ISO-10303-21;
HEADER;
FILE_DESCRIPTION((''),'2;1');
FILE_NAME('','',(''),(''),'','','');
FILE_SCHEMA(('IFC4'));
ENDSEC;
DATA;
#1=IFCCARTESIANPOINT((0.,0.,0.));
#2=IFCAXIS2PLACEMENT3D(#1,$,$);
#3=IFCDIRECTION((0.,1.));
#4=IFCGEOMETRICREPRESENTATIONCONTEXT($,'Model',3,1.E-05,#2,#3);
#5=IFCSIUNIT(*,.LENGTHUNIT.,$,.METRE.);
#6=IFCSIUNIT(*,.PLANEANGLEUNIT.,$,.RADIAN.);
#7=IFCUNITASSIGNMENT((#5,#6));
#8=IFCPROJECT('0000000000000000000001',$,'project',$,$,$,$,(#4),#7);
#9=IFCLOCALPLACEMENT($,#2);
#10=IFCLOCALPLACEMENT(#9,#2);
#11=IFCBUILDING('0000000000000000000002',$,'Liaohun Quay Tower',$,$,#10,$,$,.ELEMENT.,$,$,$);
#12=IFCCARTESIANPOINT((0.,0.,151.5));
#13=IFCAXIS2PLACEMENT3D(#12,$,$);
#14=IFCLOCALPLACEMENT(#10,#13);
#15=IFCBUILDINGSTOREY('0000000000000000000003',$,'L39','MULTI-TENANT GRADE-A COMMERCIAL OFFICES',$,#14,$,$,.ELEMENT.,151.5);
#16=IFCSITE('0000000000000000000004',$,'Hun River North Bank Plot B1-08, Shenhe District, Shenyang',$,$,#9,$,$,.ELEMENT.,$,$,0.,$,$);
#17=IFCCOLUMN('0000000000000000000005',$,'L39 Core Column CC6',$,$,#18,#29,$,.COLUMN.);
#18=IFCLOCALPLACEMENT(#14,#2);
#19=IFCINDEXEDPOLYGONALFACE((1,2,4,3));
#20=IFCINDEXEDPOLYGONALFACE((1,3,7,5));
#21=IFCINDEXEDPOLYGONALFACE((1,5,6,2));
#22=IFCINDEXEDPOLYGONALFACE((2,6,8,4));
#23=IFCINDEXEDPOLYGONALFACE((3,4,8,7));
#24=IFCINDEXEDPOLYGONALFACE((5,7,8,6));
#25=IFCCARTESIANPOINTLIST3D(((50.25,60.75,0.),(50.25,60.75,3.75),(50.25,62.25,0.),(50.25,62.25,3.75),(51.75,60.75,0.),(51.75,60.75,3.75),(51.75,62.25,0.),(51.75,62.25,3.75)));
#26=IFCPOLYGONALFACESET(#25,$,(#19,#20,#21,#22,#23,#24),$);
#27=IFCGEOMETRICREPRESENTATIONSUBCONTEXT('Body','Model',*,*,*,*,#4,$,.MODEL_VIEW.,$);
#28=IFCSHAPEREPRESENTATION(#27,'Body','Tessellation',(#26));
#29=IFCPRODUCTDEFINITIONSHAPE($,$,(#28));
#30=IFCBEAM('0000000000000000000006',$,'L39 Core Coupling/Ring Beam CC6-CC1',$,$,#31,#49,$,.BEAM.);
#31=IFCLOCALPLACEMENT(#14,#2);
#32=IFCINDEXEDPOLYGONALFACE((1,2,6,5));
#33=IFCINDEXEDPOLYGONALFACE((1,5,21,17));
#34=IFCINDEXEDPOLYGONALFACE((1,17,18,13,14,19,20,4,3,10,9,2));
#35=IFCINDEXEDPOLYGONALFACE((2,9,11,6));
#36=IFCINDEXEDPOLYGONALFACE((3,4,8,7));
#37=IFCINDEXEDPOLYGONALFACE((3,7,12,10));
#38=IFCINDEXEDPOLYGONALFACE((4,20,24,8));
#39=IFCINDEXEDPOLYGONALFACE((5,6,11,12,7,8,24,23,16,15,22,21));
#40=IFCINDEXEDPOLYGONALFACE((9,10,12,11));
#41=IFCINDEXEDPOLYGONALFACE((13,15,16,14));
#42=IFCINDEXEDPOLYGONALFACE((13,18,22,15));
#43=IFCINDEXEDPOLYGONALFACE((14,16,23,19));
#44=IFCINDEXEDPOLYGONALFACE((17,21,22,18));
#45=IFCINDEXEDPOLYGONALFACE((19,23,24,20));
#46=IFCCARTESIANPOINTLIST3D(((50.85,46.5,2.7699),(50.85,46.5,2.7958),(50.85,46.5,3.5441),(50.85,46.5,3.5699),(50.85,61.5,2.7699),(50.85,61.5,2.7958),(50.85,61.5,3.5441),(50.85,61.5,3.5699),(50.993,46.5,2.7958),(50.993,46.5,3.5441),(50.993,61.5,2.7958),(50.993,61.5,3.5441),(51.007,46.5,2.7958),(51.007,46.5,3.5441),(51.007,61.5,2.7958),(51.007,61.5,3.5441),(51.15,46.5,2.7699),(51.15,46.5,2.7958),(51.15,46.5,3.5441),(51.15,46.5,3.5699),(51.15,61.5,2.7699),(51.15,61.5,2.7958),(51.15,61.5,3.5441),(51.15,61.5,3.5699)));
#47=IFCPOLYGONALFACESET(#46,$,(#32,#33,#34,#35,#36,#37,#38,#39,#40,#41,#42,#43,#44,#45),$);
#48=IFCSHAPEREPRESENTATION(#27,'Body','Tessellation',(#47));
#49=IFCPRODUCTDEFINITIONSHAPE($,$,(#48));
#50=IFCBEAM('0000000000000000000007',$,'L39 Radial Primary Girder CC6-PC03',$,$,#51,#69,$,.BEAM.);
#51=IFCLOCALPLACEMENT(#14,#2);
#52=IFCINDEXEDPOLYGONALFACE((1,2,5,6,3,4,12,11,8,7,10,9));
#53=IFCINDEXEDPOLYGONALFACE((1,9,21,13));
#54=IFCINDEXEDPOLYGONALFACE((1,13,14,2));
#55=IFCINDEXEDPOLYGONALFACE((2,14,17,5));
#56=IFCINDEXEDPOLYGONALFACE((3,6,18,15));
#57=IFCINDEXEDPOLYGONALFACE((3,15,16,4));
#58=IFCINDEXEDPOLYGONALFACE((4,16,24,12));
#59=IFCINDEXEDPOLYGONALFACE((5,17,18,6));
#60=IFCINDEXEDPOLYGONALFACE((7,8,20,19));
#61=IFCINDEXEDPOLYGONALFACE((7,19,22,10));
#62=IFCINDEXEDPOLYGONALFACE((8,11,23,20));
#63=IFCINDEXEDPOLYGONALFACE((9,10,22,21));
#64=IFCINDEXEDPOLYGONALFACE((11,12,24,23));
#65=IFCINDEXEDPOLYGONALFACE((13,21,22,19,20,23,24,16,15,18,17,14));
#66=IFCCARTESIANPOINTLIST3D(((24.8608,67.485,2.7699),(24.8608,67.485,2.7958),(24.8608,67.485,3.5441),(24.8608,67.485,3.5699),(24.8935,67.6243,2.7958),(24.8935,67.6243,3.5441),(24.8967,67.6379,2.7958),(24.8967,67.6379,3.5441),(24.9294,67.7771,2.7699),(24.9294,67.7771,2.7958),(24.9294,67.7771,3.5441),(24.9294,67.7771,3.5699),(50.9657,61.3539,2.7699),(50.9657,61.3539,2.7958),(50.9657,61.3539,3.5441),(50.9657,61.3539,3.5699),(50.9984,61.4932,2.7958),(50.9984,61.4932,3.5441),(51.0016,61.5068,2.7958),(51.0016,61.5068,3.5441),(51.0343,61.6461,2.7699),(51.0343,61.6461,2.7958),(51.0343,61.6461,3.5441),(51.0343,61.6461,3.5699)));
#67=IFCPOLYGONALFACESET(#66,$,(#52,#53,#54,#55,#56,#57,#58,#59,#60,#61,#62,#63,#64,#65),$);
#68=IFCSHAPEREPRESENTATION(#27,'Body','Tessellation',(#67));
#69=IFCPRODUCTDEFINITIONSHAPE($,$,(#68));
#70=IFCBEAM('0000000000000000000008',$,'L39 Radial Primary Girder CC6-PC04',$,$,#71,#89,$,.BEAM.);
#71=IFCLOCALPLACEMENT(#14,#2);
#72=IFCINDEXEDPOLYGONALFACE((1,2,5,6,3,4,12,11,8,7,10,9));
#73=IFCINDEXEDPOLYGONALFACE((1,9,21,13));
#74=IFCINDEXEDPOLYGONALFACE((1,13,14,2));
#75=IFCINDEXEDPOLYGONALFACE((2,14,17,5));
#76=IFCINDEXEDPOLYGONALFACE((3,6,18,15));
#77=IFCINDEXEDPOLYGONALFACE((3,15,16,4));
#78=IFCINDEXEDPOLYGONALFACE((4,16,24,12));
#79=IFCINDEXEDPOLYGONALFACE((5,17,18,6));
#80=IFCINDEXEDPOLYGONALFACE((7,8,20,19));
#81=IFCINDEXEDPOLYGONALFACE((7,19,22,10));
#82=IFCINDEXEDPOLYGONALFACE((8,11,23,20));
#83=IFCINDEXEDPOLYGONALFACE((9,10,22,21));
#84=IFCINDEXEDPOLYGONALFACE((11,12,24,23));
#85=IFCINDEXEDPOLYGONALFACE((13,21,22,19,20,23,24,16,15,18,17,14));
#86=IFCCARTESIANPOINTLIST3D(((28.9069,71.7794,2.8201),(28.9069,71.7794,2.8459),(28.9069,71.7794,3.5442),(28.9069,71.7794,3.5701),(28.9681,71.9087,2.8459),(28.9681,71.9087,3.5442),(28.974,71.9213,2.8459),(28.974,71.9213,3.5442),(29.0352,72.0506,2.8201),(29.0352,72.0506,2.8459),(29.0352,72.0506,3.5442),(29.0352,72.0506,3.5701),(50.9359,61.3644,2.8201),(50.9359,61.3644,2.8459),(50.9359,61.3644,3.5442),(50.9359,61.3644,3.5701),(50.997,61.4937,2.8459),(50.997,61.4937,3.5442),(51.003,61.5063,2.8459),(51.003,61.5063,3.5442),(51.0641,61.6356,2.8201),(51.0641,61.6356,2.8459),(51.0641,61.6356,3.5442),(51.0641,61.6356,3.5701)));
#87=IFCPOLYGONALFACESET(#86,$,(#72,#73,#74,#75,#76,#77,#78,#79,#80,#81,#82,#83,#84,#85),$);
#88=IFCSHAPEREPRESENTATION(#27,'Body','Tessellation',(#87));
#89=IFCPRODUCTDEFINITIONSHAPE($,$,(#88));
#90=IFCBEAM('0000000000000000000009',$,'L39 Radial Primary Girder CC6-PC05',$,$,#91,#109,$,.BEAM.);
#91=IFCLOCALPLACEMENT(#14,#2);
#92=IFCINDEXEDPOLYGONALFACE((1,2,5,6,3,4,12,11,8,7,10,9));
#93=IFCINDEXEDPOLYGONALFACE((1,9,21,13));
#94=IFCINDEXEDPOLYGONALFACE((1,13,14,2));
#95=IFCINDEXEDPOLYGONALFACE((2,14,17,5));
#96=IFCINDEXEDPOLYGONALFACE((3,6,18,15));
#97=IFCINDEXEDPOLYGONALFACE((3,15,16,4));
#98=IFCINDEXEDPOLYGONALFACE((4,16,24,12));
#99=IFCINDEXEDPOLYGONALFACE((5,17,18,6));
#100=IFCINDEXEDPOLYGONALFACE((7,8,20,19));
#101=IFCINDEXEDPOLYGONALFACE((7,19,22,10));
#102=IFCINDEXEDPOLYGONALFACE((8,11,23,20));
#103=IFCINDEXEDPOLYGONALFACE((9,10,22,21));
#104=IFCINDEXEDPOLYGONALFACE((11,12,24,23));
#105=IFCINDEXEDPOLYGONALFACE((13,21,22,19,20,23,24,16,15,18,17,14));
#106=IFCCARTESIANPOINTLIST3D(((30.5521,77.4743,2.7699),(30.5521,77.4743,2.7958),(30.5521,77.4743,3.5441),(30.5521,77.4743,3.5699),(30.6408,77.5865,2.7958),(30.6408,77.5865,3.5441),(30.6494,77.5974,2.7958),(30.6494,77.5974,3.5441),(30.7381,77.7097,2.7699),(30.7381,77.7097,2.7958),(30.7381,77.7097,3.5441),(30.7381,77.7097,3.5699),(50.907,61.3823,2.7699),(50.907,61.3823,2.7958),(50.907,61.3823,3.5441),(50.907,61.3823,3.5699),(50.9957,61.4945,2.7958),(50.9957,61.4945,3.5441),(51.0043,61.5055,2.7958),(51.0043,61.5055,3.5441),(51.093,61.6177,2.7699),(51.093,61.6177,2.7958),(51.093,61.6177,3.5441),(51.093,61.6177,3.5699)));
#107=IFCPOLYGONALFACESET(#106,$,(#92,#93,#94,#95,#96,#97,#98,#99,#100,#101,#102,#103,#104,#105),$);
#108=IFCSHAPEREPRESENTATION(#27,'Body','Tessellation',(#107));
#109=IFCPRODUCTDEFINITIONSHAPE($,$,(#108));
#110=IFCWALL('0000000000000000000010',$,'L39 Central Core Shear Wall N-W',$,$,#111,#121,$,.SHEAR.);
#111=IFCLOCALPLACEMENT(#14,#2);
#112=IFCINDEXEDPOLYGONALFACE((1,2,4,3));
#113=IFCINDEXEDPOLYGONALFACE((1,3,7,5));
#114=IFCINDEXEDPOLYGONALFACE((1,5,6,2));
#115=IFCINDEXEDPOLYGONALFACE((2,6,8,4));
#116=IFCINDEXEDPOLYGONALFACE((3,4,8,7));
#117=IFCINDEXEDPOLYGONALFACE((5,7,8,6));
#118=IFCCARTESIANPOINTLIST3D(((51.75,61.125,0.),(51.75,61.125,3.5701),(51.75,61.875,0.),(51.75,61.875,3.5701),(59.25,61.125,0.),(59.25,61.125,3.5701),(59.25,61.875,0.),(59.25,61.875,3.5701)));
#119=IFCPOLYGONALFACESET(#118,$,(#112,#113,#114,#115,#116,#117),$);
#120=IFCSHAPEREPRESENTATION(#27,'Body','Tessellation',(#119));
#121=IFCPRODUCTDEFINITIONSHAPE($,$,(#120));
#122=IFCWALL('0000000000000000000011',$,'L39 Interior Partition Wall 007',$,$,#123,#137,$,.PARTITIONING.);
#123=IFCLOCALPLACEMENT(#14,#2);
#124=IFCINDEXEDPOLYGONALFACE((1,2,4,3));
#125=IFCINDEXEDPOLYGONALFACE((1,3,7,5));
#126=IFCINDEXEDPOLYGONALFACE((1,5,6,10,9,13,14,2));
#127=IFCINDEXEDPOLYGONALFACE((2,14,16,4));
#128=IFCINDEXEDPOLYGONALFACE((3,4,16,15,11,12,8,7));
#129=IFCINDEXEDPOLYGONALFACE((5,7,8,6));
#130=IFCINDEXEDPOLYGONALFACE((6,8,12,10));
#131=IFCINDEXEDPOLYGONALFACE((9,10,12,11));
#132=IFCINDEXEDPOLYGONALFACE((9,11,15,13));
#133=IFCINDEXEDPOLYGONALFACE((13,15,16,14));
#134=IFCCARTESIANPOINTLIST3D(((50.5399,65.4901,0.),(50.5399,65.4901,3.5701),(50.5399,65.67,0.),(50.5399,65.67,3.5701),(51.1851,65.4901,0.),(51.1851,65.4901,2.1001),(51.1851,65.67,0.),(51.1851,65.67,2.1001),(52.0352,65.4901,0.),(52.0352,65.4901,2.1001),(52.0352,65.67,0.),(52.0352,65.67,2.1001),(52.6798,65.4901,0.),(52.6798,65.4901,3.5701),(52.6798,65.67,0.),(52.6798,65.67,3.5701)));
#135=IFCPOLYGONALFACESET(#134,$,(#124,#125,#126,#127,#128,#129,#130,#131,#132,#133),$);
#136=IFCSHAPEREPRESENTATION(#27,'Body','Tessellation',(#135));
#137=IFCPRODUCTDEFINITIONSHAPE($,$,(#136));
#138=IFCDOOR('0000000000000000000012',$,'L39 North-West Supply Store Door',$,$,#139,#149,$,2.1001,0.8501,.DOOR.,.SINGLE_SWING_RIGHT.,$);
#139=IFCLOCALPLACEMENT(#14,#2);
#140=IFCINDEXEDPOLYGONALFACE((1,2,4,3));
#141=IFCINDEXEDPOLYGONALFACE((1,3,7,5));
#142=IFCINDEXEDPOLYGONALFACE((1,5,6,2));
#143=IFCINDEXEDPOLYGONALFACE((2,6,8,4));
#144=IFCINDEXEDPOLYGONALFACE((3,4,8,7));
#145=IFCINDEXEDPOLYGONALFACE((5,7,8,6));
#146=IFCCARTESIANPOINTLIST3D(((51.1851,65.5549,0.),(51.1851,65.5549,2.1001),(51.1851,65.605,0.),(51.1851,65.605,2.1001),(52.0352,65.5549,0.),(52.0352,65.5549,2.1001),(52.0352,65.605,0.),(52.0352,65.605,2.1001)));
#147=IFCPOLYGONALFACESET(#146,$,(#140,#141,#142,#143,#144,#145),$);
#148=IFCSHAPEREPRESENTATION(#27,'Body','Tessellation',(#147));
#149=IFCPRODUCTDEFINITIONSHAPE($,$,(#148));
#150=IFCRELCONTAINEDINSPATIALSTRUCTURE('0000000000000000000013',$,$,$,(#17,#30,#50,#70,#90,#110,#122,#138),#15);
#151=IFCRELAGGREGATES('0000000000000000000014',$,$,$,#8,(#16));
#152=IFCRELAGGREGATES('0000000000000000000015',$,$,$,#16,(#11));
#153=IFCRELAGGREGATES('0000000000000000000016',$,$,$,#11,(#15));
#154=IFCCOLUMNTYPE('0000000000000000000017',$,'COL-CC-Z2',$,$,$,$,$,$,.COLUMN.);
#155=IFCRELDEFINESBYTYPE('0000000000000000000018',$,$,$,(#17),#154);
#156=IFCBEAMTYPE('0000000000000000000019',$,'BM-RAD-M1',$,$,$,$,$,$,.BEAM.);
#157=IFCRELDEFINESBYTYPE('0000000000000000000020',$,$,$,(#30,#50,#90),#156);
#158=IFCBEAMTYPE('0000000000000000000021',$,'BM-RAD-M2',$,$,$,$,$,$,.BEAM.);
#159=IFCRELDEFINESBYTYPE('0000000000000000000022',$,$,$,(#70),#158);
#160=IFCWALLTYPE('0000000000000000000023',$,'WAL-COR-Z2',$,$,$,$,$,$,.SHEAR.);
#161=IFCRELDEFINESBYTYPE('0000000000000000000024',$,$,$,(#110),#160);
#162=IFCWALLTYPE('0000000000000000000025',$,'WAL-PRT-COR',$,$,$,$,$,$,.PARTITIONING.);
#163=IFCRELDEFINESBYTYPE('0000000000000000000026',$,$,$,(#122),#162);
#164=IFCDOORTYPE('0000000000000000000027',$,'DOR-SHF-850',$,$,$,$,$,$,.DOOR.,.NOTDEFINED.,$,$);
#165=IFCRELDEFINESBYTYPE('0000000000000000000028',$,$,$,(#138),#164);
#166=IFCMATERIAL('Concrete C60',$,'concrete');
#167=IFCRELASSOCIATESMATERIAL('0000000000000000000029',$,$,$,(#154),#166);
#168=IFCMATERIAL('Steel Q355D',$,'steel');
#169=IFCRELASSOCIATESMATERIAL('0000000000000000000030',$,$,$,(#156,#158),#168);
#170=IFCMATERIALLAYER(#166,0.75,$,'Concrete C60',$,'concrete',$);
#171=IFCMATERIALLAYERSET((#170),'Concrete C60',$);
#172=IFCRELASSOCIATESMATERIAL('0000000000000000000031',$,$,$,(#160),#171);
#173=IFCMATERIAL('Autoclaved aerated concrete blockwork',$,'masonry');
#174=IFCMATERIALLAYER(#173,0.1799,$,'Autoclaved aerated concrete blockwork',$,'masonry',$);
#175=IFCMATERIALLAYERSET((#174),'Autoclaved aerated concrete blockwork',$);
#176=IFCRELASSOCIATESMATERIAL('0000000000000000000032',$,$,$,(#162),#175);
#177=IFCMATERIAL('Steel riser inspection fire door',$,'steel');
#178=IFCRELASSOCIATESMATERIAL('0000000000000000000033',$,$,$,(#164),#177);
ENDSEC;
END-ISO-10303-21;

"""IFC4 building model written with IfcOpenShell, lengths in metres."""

from ifc_helpers import new_model, si_unit, direction, frame, frame_2d, origin, origin_2d, place, context, subcontext, project, spatial, rectangle, i_section, extrude, source, transform, mapped, material, layer, layer_set, material_profile, profile_set, type_object, element, fill, save


model = new_model("IFC4")

# Units and contexts
model_context = context("Model", 3, precision=1e-05, world=origin(), true_north=direction((0.0, 1.0)))
body_context = subcontext(model_context, "Body", "Model", "MODEL_VIEW")
ifc_project = project(units=[si_unit("LENGTHUNIT", "METRE"), si_unit("PLANEANGLEUNIT", "RADIAN")], contexts=[model_context])

# Site, building, storey
site_placement = place(None, origin())
site = spatial("IfcSite", under=ifc_project, at=site_placement, Name="Hun River North Bank Plot B1-08, Shenhe District, Shenyang", CompositionType="ELEMENT", RefElevation=0.0)
building_placement = place(site_placement, origin())
building = spatial("IfcBuilding", under=site, at=building_placement, Name="Liaohun Quay Tower", CompositionType="ELEMENT")
storey_placement = place(building_placement, frame((0.0, 0.0, 151.5)))
storey = spatial("IfcBuildingStorey", under=building, at=storey_placement, Name="L39", Description="MULTI-TENANT GRADE-A COMMERCIAL OFFICES", CompositionType="ELEMENT", Elevation=151.5)

# Column
ifc_material_1 = material(Name="Concrete C60", Category="concrete")
ifc_material_profile_1 = material_profile(ifc_material_1, rectangle(XDim=1.5, YDim=1.5, at=origin_2d()), Name="RC1500x1500")
ifc_profile_set_1 = profile_set([ifc_material_profile_1], Name="Concrete C60")
column_type = type_object("IfcColumnType", Name="COL-CC-Z2", PredefinedType="COLUMN", material=ifc_profile_set_1)
shared_shape_1 = source(origin(), body_context, "Body", "SweptSolid", [
    extrude(rectangle(XDim=1.5, YDim=1.5, at=origin_2d()), origin(), (0.0, 0.0, 1.0), 3.75),
])
column_placement = place(storey_placement, frame((51.0, 61.5, 0.0), z_axis=(0.0, 0.0, 1.0), x_axis=(1.0, 0.0, 0.0)))
element("IfcColumn", 1, at=column_placement, inside=storey, type_object=column_type, Name="L39 Core Column CC6", PredefinedType="COLUMN", context=body_context, shape_type="MappedRepresentation", body=[
    mapped(shared_shape_1, transform((0.0, 0.0, 0.0), x_axis=(1.0, 0.0, 0.0), y_axis=(0.0, 1.0, 0.0), z_axis=(0.0, 0.0, 1.0), scale=1.0)),
])

# Beams
ifc_material_2 = material(Name="Steel Q355D", Category="steel")
ifc_material_profile_2 = material_profile(ifc_material_2, i_section(OverallWidth=0.3, OverallDepth=0.8, WebThickness=0.0139, FlangeThickness=0.0259, at=origin_2d()), Name="HN800x300x14x26")
ifc_profile_set_2 = profile_set([ifc_material_profile_2], Name="Steel Q355D")
beam_type_1 = type_object("IfcBeamType", Name="BM-RAD-M1", PredefinedType="BEAM", material=ifc_profile_set_2)
shared_shape_2 = source(origin(), body_context, "Body", "SweptSolid", [
    extrude(i_section(OverallWidth=0.3, OverallDepth=0.8, WebThickness=0.0139, FlangeThickness=0.0259, at=origin_2d()), origin(), (0.0, 0.0, 1.0), 15.0),
])
beam_1_placement = place(storey_placement, frame((51.0, 61.5, 3.1699), z_axis=(0.0, -1.0, 0.0), x_axis=(1.0, 0.0, 0.0)))
element("IfcBeam", 2, at=beam_1_placement, inside=storey, type_object=beam_type_1, Name="L39 Core Coupling/Ring Beam CC6-CC1", PredefinedType="BEAM", context=body_context, shape_type="MappedRepresentation", body=[
    mapped(shared_shape_2, transform((0.0, 0.0, 0.0), x_axis=(1.0, 0.0, 0.0), y_axis=(0.0, 1.0, 0.0), z_axis=(0.0, 0.0, 1.0), scale=1.0)),
])
shared_shape_3 = source(origin(), body_context, "Body", "SweptSolid", [
    extrude(i_section(OverallWidth=0.3, OverallDepth=0.8, WebThickness=0.0139, FlangeThickness=0.0259, at=origin_2d()), origin(), (0.0, 0.0, 1.0), 26.8152),
])
beam_2_placement = place(storey_placement, frame((51.0, 61.5, 3.1699), z_axis=(-0.973511, 0.228642, 0.0), x_axis=(-0.228642, -0.973511, 0.0)))
element("IfcBeam", 3, at=beam_2_placement, inside=storey, type_object=beam_type_1, Name="L39 Radial Primary Girder CC6-PC03", PredefinedType="BEAM", context=body_context, shape_type="MappedRepresentation", body=[
    mapped(shared_shape_3, transform((0.0, 0.0, 0.0), x_axis=(1.0, 0.0, 0.0), y_axis=(0.0, 1.0, 0.0), z_axis=(0.0, 0.0, 1.0), scale=1.0)),
])
ifc_material_profile_3 = material_profile(ifc_material_2, i_section(OverallWidth=0.3, OverallDepth=0.75, WebThickness=0.0139, FlangeThickness=0.0259, at=origin_2d()), Name="HN750x300x14x26")
ifc_profile_set_3 = profile_set([ifc_material_profile_3], Name="Steel Q355D")
beam_type_2 = type_object("IfcBeamType", Name="BM-RAD-M2", PredefinedType="BEAM", material=ifc_profile_set_3)
shared_shape_4 = source(origin(), body_context, "Body", "SweptSolid", [
    extrude(i_section(OverallWidth=0.3, OverallDepth=0.75, WebThickness=0.0139, FlangeThickness=0.0259, at=origin_2d()), origin(), (0.0, 0.0, 1.0), 24.3669),
])
beam_3_placement = place(storey_placement, frame((51.0, 61.5, 3.1951), z_axis=(-0.904052, 0.427423, 0.0), x_axis=(-0.427423, -0.904052, 0.0)))
element("IfcBeam", 4, at=beam_3_placement, inside=storey, type_object=beam_type_2, Name="L39 Radial Primary Girder CC6-PC04", PredefinedType="BEAM", context=body_context, shape_type="MappedRepresentation", body=[
    mapped(shared_shape_4, transform((0.0, 0.0, 0.0), x_axis=(1.0, 0.0, 0.0), y_axis=(0.0, 1.0, 0.0), z_axis=(0.0, 0.0, 1.0), scale=1.0)),
])
shared_shape_5 = source(origin(), body_context, "Body", "SweptSolid", [
    extrude(i_section(OverallWidth=0.3, OverallDepth=0.8, WebThickness=0.0139, FlangeThickness=0.0259, at=origin_2d()), origin(), (0.0, 0.0, 1.0), 25.9475),
])
beam_4_placement = place(storey_placement, frame((51.0, 61.5, 3.1699), z_axis=(-0.784464, 0.620174, 0.0), x_axis=(-0.620174, -0.784464, 0.0)))
element("IfcBeam", 5, at=beam_4_placement, inside=storey, type_object=beam_type_1, Name="L39 Radial Primary Girder CC6-PC05", PredefinedType="BEAM", context=body_context, shape_type="MappedRepresentation", body=[
    mapped(shared_shape_5, transform((0.0, 0.0, 0.0), x_axis=(1.0, 0.0, 0.0), y_axis=(0.0, 1.0, 0.0), z_axis=(0.0, 0.0, 1.0), scale=1.0)),
])

# Wall
ifc_layer_1 = layer(ifc_material_1, 0.75, Name="Concrete C60", Category="concrete")
ifc_layer_set_1 = layer_set([ifc_layer_1], Name="Concrete C60")
wall_type_1 = type_object("IfcWallType", Name="WAL-COR-Z2", PredefinedType="SHEAR", material=ifc_layer_set_1)
wall_1_placement = place(storey_placement, frame((51.75, 61.5, 0.0), z_axis=(0.0, 0.0, 1.0), x_axis=(1.0, 0.0, 0.0)))
element("IfcWall", 6, at=wall_1_placement, inside=storey, type_object=wall_type_1, Name="L39 Central Core Shear Wall N-W", PredefinedType="SHEAR", context=body_context, shape_type="SweptSolid", body=[
    extrude(rectangle(XDim=7.5, YDim=0.75, at=frame_2d((3.75, 0.0))), origin(), (0.0, 0.0, 1.0), 3.5701),
])

# Wall, opening, door
ifc_material_3 = material(Name="Autoclaved aerated concrete blockwork", Category="masonry")
ifc_layer_2 = layer(ifc_material_3, 0.1799, Name="Autoclaved aerated concrete blockwork", Category="masonry")
ifc_layer_set_2 = layer_set([ifc_layer_2], Name="Autoclaved aerated concrete blockwork")
wall_type_2 = type_object("IfcWallType", Name="WAL-PRT-COR", PredefinedType="PARTITIONING", material=ifc_layer_set_2)
wall_2_placement = place(storey_placement, frame((50.54, 65.5801, 0.0), z_axis=(0.0, 0.0, 1.0), x_axis=(1.0, 0.0, 0.0)))
wall_2 = element("IfcWall", 7, at=wall_2_placement, inside=storey, type_object=wall_type_2, Name="L39 Interior Partition Wall 007", PredefinedType="PARTITIONING", context=body_context, shape_type="SweptSolid", body=[
    extrude(rectangle(XDim=2.1399, YDim=0.1799, at=frame_2d((1.0698, 0.0))), origin(), (0.0, 0.0, 1.0), 3.5701),
])
shared_shape_6 = source(origin(), body_context, "Body", "SweptSolid", [
    extrude(rectangle(XDim=0.8501, YDim=2.1001, at=frame_2d((0.425, 1.05))), frame((0.0, 0.0999, 0.0), z_axis=(0.0, -1.0, 0.0), x_axis=(1.0, 0.0, 0.0)), (0.0, 0.0, 1.0), 0.2),
])
opening_1_placement = place(wall_2_placement, frame((0.645, 0.0, 0.0)))
opening_1 = element("IfcOpeningElement", 8, at=opening_1_placement, cuts=wall_2, PredefinedType="OPENING", context=body_context, shape_type="MappedRepresentation", body=[
    mapped(shared_shape_6, transform((0.0, 0.0, 0.0), x_axis=(1.0, 0.0, 0.0), y_axis=(0.0, 1.0, 0.0), z_axis=(0.0, 0.0, 1.0), scale=1.0)),
])
ifc_material_4 = material(Name="Steel riser inspection fire door", Category="steel")
door_type_1 = type_object("IfcDoorType", Name="DOR-SHF-850", OperationType="NOTDEFINED", PredefinedType="DOOR", material=ifc_material_4)
shared_shape_7 = source(origin(), body_context, "Body", "SweptSolid", [
    extrude(rectangle(XDim=0.8501, YDim=2.1001, at=frame_2d((0.425, 1.05))), frame((0.0, 0.0249, 0.0), z_axis=(0.0, -1.0, 0.0), x_axis=(1.0, 0.0, 0.0)), (0.0, 0.0, 1.0), 0.05),
])
door_1_placement = place(opening_1_placement, origin())
door_1 = element("IfcDoor", 9, at=door_1_placement, inside=storey, type_object=door_type_1, Name="L39 North-West Supply Store Door", OperationType="SINGLE_SWING_RIGHT", OverallHeight=2.1001, OverallWidth=0.8501, PredefinedType="DOOR", context=body_context, shape_type="MappedRepresentation", body=[
    mapped(shared_shape_7, transform((0.0, 0.0, 0.0), x_axis=(1.0, 0.0, 0.0), y_axis=(0.0, 1.0, 0.0), z_axis=(0.0, 0.0, 1.0), scale=1.0)),
])
fill(opening_1, door_1)

save(model, "model.ifc")
